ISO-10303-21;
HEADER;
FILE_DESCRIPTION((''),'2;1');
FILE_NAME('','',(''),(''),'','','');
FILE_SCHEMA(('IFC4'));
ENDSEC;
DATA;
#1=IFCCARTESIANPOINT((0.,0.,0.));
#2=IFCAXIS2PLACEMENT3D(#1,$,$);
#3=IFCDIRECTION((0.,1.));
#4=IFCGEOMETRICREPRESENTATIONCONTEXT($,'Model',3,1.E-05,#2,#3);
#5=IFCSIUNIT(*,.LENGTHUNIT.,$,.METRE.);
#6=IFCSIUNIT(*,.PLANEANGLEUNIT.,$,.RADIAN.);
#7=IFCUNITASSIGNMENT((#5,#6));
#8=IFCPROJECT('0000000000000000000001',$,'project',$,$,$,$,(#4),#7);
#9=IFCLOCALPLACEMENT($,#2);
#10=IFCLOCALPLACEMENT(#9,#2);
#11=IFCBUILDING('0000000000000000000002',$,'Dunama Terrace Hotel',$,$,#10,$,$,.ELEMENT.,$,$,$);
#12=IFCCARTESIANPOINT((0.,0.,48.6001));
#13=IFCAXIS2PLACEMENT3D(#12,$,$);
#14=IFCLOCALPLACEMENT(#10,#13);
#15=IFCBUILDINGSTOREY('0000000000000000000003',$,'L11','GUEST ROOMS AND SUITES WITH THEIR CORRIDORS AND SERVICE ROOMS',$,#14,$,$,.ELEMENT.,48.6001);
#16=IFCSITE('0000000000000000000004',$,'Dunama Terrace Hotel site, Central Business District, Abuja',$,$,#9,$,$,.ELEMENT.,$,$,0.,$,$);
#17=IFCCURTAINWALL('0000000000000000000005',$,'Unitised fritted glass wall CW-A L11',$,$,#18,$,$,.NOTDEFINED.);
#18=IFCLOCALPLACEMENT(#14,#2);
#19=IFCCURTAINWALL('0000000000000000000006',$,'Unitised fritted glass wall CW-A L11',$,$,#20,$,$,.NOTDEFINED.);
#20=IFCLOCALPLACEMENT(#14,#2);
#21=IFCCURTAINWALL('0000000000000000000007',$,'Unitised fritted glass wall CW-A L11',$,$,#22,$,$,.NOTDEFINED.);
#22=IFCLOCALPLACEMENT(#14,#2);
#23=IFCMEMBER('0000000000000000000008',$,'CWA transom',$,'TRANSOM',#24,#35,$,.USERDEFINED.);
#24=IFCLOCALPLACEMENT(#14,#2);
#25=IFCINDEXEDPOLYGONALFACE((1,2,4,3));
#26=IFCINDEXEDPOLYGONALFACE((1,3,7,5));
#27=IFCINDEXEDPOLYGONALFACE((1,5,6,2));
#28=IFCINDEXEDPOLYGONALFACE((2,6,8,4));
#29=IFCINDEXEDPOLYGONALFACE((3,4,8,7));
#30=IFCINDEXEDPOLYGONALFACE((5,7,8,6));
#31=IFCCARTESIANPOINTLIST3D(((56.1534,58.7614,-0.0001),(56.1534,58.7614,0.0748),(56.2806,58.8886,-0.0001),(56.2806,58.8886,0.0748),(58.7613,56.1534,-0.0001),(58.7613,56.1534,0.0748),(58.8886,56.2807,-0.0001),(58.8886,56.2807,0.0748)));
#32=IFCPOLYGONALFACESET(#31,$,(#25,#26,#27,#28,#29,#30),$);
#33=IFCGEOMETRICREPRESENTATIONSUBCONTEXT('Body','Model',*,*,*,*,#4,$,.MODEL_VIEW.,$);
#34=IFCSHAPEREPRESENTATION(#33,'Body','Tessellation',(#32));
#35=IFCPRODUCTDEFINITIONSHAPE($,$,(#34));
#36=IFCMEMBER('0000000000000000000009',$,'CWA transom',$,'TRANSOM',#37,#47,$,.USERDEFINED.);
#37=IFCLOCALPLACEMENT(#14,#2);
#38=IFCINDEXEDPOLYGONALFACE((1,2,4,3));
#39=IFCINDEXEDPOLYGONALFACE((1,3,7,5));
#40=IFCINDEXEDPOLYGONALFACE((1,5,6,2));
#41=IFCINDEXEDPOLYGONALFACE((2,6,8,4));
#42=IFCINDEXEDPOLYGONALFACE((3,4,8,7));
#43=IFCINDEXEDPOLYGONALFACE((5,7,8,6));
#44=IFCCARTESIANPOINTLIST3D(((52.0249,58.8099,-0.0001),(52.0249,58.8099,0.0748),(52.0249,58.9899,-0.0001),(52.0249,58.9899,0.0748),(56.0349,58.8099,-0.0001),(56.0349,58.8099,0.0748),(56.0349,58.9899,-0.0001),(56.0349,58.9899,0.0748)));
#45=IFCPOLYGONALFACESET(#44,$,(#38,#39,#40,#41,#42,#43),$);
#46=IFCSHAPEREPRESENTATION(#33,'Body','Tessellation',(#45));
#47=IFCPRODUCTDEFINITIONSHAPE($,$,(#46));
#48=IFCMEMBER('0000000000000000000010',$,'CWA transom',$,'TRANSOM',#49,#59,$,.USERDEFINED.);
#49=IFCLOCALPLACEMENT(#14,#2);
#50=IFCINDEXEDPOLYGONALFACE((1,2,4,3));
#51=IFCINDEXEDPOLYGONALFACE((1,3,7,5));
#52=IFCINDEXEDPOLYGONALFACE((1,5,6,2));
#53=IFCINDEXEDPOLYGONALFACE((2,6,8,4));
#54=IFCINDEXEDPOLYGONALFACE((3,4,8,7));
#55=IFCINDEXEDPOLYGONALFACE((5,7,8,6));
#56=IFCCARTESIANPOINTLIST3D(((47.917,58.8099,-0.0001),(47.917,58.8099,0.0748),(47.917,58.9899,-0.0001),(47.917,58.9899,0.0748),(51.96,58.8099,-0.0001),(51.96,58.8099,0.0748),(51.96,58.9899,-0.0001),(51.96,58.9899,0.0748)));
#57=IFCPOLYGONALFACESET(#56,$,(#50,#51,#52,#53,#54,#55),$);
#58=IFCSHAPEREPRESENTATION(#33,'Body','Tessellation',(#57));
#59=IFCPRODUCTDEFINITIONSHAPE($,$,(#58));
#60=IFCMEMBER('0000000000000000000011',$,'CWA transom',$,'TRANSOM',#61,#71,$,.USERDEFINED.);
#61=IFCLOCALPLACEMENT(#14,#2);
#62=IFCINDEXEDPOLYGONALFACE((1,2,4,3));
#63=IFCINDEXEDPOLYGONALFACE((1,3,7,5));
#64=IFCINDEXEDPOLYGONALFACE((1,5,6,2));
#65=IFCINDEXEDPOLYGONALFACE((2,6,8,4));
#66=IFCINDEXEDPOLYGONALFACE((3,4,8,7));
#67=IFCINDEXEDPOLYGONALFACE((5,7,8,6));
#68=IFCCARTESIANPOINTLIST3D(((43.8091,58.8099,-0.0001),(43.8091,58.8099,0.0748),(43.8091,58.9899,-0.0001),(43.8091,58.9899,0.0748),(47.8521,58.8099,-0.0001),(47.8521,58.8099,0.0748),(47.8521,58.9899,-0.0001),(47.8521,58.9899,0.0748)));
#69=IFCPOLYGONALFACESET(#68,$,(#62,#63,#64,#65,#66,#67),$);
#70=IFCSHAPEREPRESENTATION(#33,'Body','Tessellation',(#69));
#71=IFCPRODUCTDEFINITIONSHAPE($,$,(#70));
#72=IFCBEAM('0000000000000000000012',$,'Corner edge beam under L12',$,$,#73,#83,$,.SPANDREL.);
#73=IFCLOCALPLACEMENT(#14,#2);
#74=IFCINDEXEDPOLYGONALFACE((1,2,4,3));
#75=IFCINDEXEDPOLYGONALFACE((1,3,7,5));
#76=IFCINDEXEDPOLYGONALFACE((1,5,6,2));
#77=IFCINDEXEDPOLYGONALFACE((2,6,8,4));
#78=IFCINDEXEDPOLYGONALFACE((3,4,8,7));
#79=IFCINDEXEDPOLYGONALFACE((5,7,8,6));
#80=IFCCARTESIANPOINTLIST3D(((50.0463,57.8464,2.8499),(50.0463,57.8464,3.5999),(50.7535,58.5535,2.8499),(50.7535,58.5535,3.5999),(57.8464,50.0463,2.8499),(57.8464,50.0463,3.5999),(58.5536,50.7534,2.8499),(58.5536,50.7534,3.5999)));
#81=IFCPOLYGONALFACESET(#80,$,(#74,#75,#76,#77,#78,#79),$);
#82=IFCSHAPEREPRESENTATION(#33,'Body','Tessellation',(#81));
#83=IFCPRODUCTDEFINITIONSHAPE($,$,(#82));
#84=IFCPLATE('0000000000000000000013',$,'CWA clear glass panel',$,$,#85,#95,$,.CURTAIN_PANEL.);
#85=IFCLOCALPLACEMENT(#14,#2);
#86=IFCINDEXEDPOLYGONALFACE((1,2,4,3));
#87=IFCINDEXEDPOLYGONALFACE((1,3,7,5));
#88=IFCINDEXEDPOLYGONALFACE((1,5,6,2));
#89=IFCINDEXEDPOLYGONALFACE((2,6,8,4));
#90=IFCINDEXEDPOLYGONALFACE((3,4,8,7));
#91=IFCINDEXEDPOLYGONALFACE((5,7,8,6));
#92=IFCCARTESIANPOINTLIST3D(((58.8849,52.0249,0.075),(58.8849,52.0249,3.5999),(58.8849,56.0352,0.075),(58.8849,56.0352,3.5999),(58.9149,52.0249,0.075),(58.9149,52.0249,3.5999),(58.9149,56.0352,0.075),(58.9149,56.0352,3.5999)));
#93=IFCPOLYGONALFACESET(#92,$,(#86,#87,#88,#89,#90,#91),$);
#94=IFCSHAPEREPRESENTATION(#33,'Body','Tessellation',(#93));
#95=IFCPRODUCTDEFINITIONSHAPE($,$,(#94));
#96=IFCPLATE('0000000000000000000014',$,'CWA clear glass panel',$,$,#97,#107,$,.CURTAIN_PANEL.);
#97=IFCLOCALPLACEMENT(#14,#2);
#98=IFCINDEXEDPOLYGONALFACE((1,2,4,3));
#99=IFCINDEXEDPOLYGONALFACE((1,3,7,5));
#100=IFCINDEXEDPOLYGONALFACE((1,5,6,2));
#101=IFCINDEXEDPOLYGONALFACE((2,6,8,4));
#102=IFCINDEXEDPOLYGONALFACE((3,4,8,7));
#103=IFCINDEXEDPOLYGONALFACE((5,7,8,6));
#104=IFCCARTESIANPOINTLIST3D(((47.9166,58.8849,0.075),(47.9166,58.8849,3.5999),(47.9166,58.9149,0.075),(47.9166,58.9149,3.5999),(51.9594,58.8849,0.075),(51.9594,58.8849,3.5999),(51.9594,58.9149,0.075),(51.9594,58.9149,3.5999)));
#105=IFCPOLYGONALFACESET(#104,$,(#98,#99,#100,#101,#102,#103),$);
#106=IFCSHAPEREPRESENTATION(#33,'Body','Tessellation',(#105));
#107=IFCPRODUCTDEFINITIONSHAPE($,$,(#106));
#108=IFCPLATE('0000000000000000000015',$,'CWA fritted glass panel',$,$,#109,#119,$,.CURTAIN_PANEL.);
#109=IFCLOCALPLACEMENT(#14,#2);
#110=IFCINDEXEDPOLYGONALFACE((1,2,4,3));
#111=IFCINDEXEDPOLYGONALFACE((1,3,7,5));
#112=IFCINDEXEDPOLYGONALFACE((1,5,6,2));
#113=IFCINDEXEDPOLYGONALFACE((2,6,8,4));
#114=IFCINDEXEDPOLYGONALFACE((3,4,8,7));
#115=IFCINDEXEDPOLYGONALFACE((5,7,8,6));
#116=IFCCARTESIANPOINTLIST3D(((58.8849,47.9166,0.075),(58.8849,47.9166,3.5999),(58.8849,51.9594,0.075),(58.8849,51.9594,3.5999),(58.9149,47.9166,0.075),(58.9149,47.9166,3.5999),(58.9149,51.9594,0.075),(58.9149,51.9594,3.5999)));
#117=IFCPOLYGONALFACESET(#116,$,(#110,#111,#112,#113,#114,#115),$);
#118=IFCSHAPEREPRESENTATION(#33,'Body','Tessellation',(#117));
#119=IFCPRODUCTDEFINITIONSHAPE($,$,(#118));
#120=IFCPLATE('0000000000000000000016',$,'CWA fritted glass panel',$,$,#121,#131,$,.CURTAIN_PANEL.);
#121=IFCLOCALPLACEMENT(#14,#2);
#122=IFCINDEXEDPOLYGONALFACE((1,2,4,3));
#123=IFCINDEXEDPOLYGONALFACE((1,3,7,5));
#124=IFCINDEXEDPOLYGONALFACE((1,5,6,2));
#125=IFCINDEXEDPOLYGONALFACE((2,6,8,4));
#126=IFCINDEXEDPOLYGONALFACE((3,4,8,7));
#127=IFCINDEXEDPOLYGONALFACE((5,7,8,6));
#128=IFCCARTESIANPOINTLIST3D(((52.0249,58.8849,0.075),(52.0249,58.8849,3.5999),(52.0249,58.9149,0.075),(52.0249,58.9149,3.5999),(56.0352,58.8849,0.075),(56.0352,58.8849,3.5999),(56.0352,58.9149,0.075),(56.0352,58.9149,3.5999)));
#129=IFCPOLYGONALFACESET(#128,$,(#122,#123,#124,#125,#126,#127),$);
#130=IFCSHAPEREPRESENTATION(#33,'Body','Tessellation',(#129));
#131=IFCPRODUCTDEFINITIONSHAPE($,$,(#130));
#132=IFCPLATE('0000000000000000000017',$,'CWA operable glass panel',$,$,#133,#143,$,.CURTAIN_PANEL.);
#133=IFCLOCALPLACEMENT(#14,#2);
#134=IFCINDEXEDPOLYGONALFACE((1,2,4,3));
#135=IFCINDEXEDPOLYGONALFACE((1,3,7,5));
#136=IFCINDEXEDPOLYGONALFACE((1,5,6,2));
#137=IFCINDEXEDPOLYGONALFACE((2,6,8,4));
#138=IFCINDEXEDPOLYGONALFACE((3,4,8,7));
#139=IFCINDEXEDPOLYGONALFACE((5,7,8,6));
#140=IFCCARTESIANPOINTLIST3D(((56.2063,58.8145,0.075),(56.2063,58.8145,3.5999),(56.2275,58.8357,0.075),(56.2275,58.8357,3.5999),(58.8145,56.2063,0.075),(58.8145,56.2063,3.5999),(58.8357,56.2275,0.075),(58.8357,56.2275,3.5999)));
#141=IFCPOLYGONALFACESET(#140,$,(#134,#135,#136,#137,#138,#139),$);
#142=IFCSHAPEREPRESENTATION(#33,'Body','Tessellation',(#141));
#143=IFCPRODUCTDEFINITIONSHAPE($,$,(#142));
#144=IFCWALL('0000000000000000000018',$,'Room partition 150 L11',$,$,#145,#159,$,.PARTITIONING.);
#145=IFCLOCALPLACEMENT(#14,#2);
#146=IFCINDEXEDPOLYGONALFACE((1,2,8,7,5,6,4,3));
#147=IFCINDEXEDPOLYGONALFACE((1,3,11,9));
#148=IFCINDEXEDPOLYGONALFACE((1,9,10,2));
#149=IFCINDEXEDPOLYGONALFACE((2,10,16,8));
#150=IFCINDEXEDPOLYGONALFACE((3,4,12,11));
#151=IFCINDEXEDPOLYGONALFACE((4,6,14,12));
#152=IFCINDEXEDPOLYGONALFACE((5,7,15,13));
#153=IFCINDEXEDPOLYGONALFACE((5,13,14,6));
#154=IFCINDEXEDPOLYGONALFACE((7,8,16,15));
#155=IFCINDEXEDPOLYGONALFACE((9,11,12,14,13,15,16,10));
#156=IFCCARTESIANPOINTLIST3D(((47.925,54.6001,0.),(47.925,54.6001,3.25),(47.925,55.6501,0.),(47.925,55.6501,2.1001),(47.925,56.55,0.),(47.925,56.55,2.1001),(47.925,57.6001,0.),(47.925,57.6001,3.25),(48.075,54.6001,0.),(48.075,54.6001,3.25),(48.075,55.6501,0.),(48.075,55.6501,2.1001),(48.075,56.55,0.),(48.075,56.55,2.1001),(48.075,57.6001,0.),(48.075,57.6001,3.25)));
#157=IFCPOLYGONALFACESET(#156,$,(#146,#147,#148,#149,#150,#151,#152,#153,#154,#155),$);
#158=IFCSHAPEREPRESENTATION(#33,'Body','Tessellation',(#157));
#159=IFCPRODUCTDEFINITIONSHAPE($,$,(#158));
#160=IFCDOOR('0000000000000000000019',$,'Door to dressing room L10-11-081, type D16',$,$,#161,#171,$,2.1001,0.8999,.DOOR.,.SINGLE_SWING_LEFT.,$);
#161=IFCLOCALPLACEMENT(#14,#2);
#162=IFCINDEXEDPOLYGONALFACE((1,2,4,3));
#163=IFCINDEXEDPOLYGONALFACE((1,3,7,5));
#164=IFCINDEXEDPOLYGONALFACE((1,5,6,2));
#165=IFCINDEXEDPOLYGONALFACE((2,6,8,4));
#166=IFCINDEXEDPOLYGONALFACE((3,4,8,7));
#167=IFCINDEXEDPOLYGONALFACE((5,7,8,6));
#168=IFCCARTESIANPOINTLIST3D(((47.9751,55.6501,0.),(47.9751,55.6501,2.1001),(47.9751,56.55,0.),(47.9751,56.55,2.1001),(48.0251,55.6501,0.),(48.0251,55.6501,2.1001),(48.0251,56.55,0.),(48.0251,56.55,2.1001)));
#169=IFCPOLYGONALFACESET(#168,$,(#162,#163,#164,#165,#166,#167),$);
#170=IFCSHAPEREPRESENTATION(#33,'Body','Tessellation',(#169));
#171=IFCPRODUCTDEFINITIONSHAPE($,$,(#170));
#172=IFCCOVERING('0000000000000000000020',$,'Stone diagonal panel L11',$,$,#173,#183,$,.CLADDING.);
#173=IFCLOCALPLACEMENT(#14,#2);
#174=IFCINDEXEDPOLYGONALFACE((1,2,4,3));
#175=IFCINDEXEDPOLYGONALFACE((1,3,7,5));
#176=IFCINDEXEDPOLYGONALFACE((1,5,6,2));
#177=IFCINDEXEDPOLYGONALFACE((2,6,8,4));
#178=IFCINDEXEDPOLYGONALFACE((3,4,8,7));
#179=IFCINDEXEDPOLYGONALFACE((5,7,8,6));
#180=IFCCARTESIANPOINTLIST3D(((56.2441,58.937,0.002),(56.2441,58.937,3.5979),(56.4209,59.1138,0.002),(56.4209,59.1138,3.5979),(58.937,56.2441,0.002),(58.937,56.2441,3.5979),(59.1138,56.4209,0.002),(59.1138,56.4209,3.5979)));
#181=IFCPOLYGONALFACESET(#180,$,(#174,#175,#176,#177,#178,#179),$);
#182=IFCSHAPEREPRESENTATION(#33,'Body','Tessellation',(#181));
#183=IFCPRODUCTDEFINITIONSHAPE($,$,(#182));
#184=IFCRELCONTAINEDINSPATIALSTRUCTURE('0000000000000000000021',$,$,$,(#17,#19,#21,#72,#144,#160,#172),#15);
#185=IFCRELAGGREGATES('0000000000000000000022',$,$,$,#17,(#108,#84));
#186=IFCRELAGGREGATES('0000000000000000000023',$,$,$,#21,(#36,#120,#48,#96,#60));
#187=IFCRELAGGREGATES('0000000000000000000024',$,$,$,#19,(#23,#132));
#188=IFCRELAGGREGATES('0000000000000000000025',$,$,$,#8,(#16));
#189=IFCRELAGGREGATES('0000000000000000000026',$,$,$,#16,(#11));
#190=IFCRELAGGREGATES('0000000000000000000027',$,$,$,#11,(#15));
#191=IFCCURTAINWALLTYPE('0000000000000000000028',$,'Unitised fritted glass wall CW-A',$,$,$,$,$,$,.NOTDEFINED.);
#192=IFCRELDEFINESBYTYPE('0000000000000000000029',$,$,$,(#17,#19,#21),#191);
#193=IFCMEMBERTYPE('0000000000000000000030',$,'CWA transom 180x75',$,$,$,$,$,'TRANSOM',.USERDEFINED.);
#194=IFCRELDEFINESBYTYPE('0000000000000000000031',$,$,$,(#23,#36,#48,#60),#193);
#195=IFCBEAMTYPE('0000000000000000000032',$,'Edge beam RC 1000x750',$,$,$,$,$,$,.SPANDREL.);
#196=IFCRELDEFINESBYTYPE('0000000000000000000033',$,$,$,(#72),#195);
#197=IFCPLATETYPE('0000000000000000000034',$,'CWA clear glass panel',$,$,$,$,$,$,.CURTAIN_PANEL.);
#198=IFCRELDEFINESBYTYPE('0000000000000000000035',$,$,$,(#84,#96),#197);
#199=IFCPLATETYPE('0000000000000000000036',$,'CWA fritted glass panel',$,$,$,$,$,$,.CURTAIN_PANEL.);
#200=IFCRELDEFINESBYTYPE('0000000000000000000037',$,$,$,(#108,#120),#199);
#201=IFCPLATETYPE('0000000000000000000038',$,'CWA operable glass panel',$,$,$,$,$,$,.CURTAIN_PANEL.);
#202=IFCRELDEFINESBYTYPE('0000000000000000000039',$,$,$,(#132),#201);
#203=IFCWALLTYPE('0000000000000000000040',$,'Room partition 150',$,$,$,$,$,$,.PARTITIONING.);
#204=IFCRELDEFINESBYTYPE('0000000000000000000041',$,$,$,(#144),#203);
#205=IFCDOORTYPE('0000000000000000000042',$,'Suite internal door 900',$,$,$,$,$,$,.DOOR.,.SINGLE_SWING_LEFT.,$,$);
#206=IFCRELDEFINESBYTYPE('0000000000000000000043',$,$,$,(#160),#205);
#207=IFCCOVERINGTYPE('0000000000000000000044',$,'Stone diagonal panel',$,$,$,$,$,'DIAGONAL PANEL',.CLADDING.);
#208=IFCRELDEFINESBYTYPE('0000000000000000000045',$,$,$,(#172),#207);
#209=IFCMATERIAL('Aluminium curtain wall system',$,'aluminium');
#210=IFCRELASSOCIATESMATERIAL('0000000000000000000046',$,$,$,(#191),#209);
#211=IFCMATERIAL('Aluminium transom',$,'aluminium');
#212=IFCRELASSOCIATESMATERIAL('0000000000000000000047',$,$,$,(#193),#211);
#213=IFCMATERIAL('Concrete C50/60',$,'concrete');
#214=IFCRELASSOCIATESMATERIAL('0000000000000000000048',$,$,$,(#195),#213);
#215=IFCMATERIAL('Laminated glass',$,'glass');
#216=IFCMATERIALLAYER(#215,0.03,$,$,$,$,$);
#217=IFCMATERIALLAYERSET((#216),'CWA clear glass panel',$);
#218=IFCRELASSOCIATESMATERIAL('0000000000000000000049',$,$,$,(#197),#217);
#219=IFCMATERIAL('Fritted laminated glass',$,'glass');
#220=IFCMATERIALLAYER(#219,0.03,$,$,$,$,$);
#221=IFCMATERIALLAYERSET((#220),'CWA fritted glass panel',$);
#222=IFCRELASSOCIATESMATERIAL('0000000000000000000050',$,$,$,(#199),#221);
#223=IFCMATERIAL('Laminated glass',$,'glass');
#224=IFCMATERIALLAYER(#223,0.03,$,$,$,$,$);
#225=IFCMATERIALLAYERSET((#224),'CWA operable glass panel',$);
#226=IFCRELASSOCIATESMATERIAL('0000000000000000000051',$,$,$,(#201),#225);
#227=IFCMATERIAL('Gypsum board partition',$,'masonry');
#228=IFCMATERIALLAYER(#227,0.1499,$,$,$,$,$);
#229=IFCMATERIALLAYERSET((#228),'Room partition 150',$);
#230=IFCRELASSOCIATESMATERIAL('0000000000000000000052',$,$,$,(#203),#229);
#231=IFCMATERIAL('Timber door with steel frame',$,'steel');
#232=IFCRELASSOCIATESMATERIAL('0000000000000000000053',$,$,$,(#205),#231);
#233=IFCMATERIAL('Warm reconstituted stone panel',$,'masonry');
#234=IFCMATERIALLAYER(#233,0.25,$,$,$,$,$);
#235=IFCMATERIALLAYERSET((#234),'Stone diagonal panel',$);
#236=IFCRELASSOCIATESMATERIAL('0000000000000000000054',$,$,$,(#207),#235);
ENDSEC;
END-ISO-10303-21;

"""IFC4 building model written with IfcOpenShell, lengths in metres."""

from ifc_helpers import new_model, si_unit, direction, frame, frame_2d, origin, origin_2d, place, context, subcontext, project, spatial, rectangle, extrude, material, layer, layer_set, material_profile, profile_set, type_object, element, fill, aggregate, save


model = new_model("IFC4")

# Units and contexts
model_context = context("Model", 3, precision=1e-05, world=origin(), true_north=direction((0.0, 1.0)))
body_context = subcontext(model_context, "Body", "Model", "MODEL_VIEW")
ifc_project = project(units=[si_unit("LENGTHUNIT", "METRE"), si_unit("PLANEANGLEUNIT", "RADIAN")], contexts=[model_context])

# Site, building, storey
site_placement = place(None, origin())
site = spatial("IfcSite", under=ifc_project, at=site_placement, Name="Dunama Terrace Hotel site, Central Business District, Abuja", CompositionType="ELEMENT", RefElevation=0.0)
building_placement = place(site_placement, origin())
building = spatial("IfcBuilding", under=site, at=building_placement, Name="Dunama Terrace Hotel", CompositionType="ELEMENT")
storey_placement = place(building_placement, frame((0.0, 0.0, 48.6001)))
storey = spatial("IfcBuildingStorey", under=building, at=storey_placement, Name="L11", Description="GUEST ROOMS AND SUITES WITH THEIR CORRIDORS AND SERVICE ROOMS", CompositionType="ELEMENT", Elevation=48.6001)

# Curtain walls
ifc_material_1 = material(Name="Aluminium curtain wall system", Category="aluminium")
curtain_wall_type = type_object("IfcCurtainWallType", Name="Unitised fritted glass wall CW-A", PredefinedType="NOTDEFINED", material=ifc_material_1)
curtain_wall_1_placement = place(storey_placement, origin())
curtain_wall_1 = element("IfcCurtainWall", 1, at=curtain_wall_1_placement, inside=storey, type_object=curtain_wall_type, Name="Unitised fritted glass wall CW-A L11", PredefinedType="NOTDEFINED")
curtain_wall_2_placement = place(storey_placement, origin())
curtain_wall_2 = element("IfcCurtainWall", 2, at=curtain_wall_2_placement, inside=storey, type_object=curtain_wall_type, Name="Unitised fritted glass wall CW-A L11", PredefinedType="NOTDEFINED")
curtain_wall_3_placement = place(storey_placement, origin())
curtain_wall_3 = element("IfcCurtainWall", 3, at=curtain_wall_3_placement, inside=storey, type_object=curtain_wall_type, Name="Unitised fritted glass wall CW-A L11", PredefinedType="NOTDEFINED")

# Members
ifc_material_2 = material(Name="Aluminium transom", Category="aluminium")
ifc_material_profile_1 = material_profile(ifc_material_2, rectangle(XDim=0.1799, YDim=0.075, at=origin_2d()), Name="CWA TRANSOM 180X75")
ifc_profile_set_1 = profile_set([ifc_material_profile_1], Name="Aluminium transom")
member_type_1 = type_object("IfcMemberType", Name="CWA transom 180x75", ElementType="TRANSOM", PredefinedType="USERDEFINED", material=ifc_profile_set_1)
member_1_placement = place(storey_placement, frame((58.825, 56.217, 0.0374), z_axis=(-0.707107, 0.707107, 0.0), x_axis=(-0.707107, -0.707107, 0.0)))
member_1 = element("IfcMember", 4, at=member_1_placement, type_object=member_type_1, Name="CWA transom", ObjectType="TRANSOM", PredefinedType="USERDEFINED", context=body_context, shape_type="SweptSolid", body=[
    extrude(rectangle(XDim=0.1799, YDim=0.075, at=origin_2d()), origin(), (0.0, 0.0, 1.0), 3.6882),
])
member_2_placement = place(storey_placement, frame((56.0349, 58.8999, 0.0374), z_axis=(-1.0, 0.0, 0.0), x_axis=(0.0, -1.0, 0.0)))
member_2 = element("IfcMember", 5, at=member_2_placement, type_object=member_type_1, Name="CWA transom", ObjectType="TRANSOM", PredefinedType="USERDEFINED", context=body_context, shape_type="SweptSolid", body=[
    extrude(rectangle(XDim=0.1799, YDim=0.075, at=origin_2d()), origin(), (0.0, 0.0, 1.0), 4.01),
])
member_3_placement = place(storey_placement, frame((51.96, 58.8999, 0.0374), z_axis=(-1.0, 0.0, 0.0), x_axis=(0.0, -1.0, 0.0)))
member_3 = element("IfcMember", 6, at=member_3_placement, type_object=member_type_1, Name="CWA transom", ObjectType="TRANSOM", PredefinedType="USERDEFINED", context=body_context, shape_type="SweptSolid", body=[
    extrude(rectangle(XDim=0.1799, YDim=0.075, at=origin_2d()), origin(), (0.0, 0.0, 1.0), 4.043),
])
member_4_placement = place(storey_placement, frame((47.8521, 58.8999, 0.0374), z_axis=(-1.0, 0.0, 0.0), x_axis=(0.0, -1.0, 0.0)))
member_4 = element("IfcMember", 7, at=member_4_placement, type_object=member_type_1, Name="CWA transom", ObjectType="TRANSOM", PredefinedType="USERDEFINED", context=body_context, shape_type="SweptSolid", body=[
    extrude(rectangle(XDim=0.1799, YDim=0.075, at=origin_2d()), origin(), (0.0, 0.0, 1.0), 4.043),
])

# Beam
ifc_material_3 = material(Name="Concrete C50/60", Category="concrete")
ifc_material_profile_2 = material_profile(ifc_material_3, rectangle(XDim=1.0, YDim=0.75, at=origin_2d()), Name="RC 1000x750")
ifc_profile_set_2 = profile_set([ifc_material_profile_2], Name="Concrete C50/60")
beam_type = type_object("IfcBeamType", Name="Edge beam RC 1000x750", PredefinedType="SPANDREL", material=ifc_profile_set_2)
beam_placement = place(storey_placement, frame((50.3999, 58.2, 3.2249), z_axis=(0.707107, -0.707107, 0.0), x_axis=(0.707107, 0.707107, 0.0)))
element("IfcBeam", 8, at=beam_placement, inside=storey, type_object=beam_type, Name="Corner edge beam under L12", PredefinedType="SPANDREL", context=body_context, shape_type="SweptSolid", body=[
    extrude(rectangle(XDim=1.0, YDim=0.75, at=origin_2d()), origin(), (0.0, 0.0, 1.0), 11.031),
])

# Plates
ifc_material_4 = material(Name="Laminated glass", Category="glass")
ifc_layer_1 = layer(ifc_material_4, 0.03)
ifc_layer_set_1 = layer_set([ifc_layer_1], Name="CWA clear glass panel")
plate_type_1 = type_object("IfcPlateType", Name="CWA clear glass panel", PredefinedType="CURTAIN_PANEL", material=ifc_layer_set_1)
plate_1_placement = place(storey_placement, frame((58.8999, 54.03, 0.075), z_axis=(0.0, 0.0, 1.0), x_axis=(0.0, 1.0, 0.0)))
plate_1 = element("IfcPlate", 9, at=plate_1_placement, type_object=plate_type_1, Name="CWA clear glass panel", PredefinedType="CURTAIN_PANEL", context=body_context, shape_type="SweptSolid", body=[
    extrude(rectangle(XDim=4.0103, YDim=0.03, at=origin_2d()), origin(), (0.0, 0.0, 1.0), 3.5249),
])
plate_2_placement = place(storey_placement, frame((49.938, 58.8999, 0.075), z_axis=(0.0, 0.0, 1.0), x_axis=(-1.0, 0.0, 0.0)))
plate_2 = element("IfcPlate", 10, at=plate_2_placement, type_object=plate_type_1, Name="CWA clear glass panel", PredefinedType="CURTAIN_PANEL", context=body_context, shape_type="SweptSolid", body=[
    extrude(rectangle(XDim=4.0427, YDim=0.03, at=origin_2d()), origin(), (0.0, 0.0, 1.0), 3.5249),
])
ifc_material_5 = material(Name="Fritted laminated glass", Category="glass")
ifc_layer_2 = layer(ifc_material_5, 0.03)
ifc_layer_set_2 = layer_set([ifc_layer_2], Name="CWA fritted glass panel")
plate_type_2 = type_object("IfcPlateType", Name="CWA fritted glass panel", PredefinedType="CURTAIN_PANEL", material=ifc_layer_set_2)
plate_3_placement = place(storey_placement, frame((58.8999, 49.938, 0.075), z_axis=(0.0, 0.0, 1.0), x_axis=(0.0, 1.0, 0.0)))
plate_3 = element("IfcPlate", 11, at=plate_3_placement, type_object=plate_type_2, Name="CWA fritted glass panel", PredefinedType="CURTAIN_PANEL", context=body_context, shape_type="SweptSolid", body=[
    extrude(rectangle(XDim=4.0427, YDim=0.03, at=origin_2d()), origin(), (0.0, 0.0, 1.0), 3.5249),
])
aggregate(curtain_wall_1, [plate_3, plate_1])
plate_4_placement = place(storey_placement, frame((54.03, 58.8999, 0.075), z_axis=(0.0, 0.0, 1.0), x_axis=(-1.0, 0.0, 0.0)))
plate_4 = element("IfcPlate", 12, at=plate_4_placement, type_object=plate_type_2, Name="CWA fritted glass panel", PredefinedType="CURTAIN_PANEL", context=body_context, shape_type="SweptSolid", body=[
    extrude(rectangle(XDim=4.0103, YDim=0.03, at=origin_2d()), origin(), (0.0, 0.0, 1.0), 3.5249),
])
aggregate(curtain_wall_3, [member_2, plate_4, member_3, plate_2, member_4])
ifc_material_6 = material(Name="Laminated glass", Category="glass")
ifc_layer_3 = layer(ifc_material_6, 0.03)
ifc_layer_set_3 = layer_set([ifc_layer_3], Name="CWA operable glass panel")
plate_type_3 = type_object("IfcPlateType", Name="CWA operable glass panel", PredefinedType="CURTAIN_PANEL", material=ifc_layer_set_3)
plate_5_placement = place(storey_placement, frame((57.521, 57.521, 0.075), z_axis=(0.0, 0.0, 1.0), x_axis=(-0.707107, 0.707107, 0.0)))
plate_5 = element("IfcPlate", 13, at=plate_5_placement, type_object=plate_type_3, Name="CWA operable glass panel", PredefinedType="CURTAIN_PANEL", context=body_context, shape_type="SweptSolid", body=[
    extrude(rectangle(XDim=3.6885, YDim=0.03, at=origin_2d()), origin(), (0.0, 0.0, 1.0), 3.5249),
])
aggregate(curtain_wall_2, [member_1, plate_5])

# Wall, opening, door
ifc_material_7 = material(Name="Gypsum board partition", Category="masonry")
ifc_layer_4 = layer(ifc_material_7, 0.1499)
ifc_layer_set_4 = layer_set([ifc_layer_4], Name="Room partition 150")
wall_type = type_object("IfcWallType", Name="Room partition 150", PredefinedType="PARTITIONING", material=ifc_layer_set_4)
wall_placement = place(storey_placement, frame((48.0, 54.6001, 0.0), z_axis=(0.0, 0.0, 1.0), x_axis=(0.0, 1.0, 0.0)))
wall = element("IfcWall", 14, at=wall_placement, inside=storey, type_object=wall_type, Name="Room partition 150 L11", PredefinedType="PARTITIONING", context=body_context, shape_type="SweptSolid", body=[
    extrude(rectangle(XDim=3.0, YDim=0.1499, at=frame_2d((1.5, 0.0))), origin(), (0.0, 0.0, 1.0), 3.25),
])
opening_placement = place(wall_placement, frame((1.05, 0.0, 0.0)))
opening = element("IfcOpeningElement", 15, at=opening_placement, cuts=wall, PredefinedType="OPENING", context=body_context, shape_type="SweptSolid", body=[
    extrude(rectangle(XDim=0.8999, YDim=2.1001, at=frame_2d((0.45, 1.05))), frame((0.0, 0.085, 0.0), z_axis=(0.0, -1.0, 0.0), x_axis=(1.0, 0.0, 0.0)), (0.0, 0.0, 1.0), 0.1699),
])
ifc_material_8 = material(Name="Timber door with steel frame", Category="steel")
door_type = type_object("IfcDoorType", Name="Suite internal door 900", OperationType="SINGLE_SWING_LEFT", PredefinedType="DOOR", material=ifc_material_8)
door_placement = place(opening_placement, origin())
door = element("IfcDoor", 16, at=door_placement, inside=storey, type_object=door_type, Name="Door to dressing room L10-11-081, type D16", OperationType="SINGLE_SWING_LEFT", OverallHeight=2.1001, OverallWidth=0.8999, PredefinedType="DOOR", context=body_context, shape_type="SweptSolid", body=[
    extrude(rectangle(XDim=0.8999, YDim=2.1001, at=frame_2d((0.45, 1.05))), frame((0.0, 0.0249, 0.0), z_axis=(0.0, -1.0, 0.0), x_axis=(1.0, 0.0, 0.0)), (0.0, 0.0, 1.0), 0.05),
])
fill(opening, door)

# Covering
ifc_material_9 = material(Name="Warm reconstituted stone panel", Category="masonry")
ifc_layer_5 = layer(ifc_material_9, 0.25)
ifc_layer_set_5 = layer_set([ifc_layer_5], Name="Stone diagonal panel")
covering_type = type_object("IfcCoveringType", Name="Stone diagonal panel", ElementType="DIAGONAL PANEL", PredefinedType="CLADDING", material=ifc_layer_set_5)
covering_1_placement = place(storey_placement, frame((57.679, 57.679, 0.002), z_axis=(0.0, 0.0, 1.0), x_axis=(-0.707107, 0.707107, 0.0)))
element("IfcCovering", 17, at=covering_1_placement, inside=storey, type_object=covering_type, Name="Stone diagonal panel L11", PredefinedType="CLADDING", context=body_context, shape_type="SweptSolid", body=[
    extrude(rectangle(XDim=3.8083, YDim=0.25, at=origin_2d()), origin(), (0.0, 0.0, 1.0), 3.5959),
])

save(model, "model.ifc")
